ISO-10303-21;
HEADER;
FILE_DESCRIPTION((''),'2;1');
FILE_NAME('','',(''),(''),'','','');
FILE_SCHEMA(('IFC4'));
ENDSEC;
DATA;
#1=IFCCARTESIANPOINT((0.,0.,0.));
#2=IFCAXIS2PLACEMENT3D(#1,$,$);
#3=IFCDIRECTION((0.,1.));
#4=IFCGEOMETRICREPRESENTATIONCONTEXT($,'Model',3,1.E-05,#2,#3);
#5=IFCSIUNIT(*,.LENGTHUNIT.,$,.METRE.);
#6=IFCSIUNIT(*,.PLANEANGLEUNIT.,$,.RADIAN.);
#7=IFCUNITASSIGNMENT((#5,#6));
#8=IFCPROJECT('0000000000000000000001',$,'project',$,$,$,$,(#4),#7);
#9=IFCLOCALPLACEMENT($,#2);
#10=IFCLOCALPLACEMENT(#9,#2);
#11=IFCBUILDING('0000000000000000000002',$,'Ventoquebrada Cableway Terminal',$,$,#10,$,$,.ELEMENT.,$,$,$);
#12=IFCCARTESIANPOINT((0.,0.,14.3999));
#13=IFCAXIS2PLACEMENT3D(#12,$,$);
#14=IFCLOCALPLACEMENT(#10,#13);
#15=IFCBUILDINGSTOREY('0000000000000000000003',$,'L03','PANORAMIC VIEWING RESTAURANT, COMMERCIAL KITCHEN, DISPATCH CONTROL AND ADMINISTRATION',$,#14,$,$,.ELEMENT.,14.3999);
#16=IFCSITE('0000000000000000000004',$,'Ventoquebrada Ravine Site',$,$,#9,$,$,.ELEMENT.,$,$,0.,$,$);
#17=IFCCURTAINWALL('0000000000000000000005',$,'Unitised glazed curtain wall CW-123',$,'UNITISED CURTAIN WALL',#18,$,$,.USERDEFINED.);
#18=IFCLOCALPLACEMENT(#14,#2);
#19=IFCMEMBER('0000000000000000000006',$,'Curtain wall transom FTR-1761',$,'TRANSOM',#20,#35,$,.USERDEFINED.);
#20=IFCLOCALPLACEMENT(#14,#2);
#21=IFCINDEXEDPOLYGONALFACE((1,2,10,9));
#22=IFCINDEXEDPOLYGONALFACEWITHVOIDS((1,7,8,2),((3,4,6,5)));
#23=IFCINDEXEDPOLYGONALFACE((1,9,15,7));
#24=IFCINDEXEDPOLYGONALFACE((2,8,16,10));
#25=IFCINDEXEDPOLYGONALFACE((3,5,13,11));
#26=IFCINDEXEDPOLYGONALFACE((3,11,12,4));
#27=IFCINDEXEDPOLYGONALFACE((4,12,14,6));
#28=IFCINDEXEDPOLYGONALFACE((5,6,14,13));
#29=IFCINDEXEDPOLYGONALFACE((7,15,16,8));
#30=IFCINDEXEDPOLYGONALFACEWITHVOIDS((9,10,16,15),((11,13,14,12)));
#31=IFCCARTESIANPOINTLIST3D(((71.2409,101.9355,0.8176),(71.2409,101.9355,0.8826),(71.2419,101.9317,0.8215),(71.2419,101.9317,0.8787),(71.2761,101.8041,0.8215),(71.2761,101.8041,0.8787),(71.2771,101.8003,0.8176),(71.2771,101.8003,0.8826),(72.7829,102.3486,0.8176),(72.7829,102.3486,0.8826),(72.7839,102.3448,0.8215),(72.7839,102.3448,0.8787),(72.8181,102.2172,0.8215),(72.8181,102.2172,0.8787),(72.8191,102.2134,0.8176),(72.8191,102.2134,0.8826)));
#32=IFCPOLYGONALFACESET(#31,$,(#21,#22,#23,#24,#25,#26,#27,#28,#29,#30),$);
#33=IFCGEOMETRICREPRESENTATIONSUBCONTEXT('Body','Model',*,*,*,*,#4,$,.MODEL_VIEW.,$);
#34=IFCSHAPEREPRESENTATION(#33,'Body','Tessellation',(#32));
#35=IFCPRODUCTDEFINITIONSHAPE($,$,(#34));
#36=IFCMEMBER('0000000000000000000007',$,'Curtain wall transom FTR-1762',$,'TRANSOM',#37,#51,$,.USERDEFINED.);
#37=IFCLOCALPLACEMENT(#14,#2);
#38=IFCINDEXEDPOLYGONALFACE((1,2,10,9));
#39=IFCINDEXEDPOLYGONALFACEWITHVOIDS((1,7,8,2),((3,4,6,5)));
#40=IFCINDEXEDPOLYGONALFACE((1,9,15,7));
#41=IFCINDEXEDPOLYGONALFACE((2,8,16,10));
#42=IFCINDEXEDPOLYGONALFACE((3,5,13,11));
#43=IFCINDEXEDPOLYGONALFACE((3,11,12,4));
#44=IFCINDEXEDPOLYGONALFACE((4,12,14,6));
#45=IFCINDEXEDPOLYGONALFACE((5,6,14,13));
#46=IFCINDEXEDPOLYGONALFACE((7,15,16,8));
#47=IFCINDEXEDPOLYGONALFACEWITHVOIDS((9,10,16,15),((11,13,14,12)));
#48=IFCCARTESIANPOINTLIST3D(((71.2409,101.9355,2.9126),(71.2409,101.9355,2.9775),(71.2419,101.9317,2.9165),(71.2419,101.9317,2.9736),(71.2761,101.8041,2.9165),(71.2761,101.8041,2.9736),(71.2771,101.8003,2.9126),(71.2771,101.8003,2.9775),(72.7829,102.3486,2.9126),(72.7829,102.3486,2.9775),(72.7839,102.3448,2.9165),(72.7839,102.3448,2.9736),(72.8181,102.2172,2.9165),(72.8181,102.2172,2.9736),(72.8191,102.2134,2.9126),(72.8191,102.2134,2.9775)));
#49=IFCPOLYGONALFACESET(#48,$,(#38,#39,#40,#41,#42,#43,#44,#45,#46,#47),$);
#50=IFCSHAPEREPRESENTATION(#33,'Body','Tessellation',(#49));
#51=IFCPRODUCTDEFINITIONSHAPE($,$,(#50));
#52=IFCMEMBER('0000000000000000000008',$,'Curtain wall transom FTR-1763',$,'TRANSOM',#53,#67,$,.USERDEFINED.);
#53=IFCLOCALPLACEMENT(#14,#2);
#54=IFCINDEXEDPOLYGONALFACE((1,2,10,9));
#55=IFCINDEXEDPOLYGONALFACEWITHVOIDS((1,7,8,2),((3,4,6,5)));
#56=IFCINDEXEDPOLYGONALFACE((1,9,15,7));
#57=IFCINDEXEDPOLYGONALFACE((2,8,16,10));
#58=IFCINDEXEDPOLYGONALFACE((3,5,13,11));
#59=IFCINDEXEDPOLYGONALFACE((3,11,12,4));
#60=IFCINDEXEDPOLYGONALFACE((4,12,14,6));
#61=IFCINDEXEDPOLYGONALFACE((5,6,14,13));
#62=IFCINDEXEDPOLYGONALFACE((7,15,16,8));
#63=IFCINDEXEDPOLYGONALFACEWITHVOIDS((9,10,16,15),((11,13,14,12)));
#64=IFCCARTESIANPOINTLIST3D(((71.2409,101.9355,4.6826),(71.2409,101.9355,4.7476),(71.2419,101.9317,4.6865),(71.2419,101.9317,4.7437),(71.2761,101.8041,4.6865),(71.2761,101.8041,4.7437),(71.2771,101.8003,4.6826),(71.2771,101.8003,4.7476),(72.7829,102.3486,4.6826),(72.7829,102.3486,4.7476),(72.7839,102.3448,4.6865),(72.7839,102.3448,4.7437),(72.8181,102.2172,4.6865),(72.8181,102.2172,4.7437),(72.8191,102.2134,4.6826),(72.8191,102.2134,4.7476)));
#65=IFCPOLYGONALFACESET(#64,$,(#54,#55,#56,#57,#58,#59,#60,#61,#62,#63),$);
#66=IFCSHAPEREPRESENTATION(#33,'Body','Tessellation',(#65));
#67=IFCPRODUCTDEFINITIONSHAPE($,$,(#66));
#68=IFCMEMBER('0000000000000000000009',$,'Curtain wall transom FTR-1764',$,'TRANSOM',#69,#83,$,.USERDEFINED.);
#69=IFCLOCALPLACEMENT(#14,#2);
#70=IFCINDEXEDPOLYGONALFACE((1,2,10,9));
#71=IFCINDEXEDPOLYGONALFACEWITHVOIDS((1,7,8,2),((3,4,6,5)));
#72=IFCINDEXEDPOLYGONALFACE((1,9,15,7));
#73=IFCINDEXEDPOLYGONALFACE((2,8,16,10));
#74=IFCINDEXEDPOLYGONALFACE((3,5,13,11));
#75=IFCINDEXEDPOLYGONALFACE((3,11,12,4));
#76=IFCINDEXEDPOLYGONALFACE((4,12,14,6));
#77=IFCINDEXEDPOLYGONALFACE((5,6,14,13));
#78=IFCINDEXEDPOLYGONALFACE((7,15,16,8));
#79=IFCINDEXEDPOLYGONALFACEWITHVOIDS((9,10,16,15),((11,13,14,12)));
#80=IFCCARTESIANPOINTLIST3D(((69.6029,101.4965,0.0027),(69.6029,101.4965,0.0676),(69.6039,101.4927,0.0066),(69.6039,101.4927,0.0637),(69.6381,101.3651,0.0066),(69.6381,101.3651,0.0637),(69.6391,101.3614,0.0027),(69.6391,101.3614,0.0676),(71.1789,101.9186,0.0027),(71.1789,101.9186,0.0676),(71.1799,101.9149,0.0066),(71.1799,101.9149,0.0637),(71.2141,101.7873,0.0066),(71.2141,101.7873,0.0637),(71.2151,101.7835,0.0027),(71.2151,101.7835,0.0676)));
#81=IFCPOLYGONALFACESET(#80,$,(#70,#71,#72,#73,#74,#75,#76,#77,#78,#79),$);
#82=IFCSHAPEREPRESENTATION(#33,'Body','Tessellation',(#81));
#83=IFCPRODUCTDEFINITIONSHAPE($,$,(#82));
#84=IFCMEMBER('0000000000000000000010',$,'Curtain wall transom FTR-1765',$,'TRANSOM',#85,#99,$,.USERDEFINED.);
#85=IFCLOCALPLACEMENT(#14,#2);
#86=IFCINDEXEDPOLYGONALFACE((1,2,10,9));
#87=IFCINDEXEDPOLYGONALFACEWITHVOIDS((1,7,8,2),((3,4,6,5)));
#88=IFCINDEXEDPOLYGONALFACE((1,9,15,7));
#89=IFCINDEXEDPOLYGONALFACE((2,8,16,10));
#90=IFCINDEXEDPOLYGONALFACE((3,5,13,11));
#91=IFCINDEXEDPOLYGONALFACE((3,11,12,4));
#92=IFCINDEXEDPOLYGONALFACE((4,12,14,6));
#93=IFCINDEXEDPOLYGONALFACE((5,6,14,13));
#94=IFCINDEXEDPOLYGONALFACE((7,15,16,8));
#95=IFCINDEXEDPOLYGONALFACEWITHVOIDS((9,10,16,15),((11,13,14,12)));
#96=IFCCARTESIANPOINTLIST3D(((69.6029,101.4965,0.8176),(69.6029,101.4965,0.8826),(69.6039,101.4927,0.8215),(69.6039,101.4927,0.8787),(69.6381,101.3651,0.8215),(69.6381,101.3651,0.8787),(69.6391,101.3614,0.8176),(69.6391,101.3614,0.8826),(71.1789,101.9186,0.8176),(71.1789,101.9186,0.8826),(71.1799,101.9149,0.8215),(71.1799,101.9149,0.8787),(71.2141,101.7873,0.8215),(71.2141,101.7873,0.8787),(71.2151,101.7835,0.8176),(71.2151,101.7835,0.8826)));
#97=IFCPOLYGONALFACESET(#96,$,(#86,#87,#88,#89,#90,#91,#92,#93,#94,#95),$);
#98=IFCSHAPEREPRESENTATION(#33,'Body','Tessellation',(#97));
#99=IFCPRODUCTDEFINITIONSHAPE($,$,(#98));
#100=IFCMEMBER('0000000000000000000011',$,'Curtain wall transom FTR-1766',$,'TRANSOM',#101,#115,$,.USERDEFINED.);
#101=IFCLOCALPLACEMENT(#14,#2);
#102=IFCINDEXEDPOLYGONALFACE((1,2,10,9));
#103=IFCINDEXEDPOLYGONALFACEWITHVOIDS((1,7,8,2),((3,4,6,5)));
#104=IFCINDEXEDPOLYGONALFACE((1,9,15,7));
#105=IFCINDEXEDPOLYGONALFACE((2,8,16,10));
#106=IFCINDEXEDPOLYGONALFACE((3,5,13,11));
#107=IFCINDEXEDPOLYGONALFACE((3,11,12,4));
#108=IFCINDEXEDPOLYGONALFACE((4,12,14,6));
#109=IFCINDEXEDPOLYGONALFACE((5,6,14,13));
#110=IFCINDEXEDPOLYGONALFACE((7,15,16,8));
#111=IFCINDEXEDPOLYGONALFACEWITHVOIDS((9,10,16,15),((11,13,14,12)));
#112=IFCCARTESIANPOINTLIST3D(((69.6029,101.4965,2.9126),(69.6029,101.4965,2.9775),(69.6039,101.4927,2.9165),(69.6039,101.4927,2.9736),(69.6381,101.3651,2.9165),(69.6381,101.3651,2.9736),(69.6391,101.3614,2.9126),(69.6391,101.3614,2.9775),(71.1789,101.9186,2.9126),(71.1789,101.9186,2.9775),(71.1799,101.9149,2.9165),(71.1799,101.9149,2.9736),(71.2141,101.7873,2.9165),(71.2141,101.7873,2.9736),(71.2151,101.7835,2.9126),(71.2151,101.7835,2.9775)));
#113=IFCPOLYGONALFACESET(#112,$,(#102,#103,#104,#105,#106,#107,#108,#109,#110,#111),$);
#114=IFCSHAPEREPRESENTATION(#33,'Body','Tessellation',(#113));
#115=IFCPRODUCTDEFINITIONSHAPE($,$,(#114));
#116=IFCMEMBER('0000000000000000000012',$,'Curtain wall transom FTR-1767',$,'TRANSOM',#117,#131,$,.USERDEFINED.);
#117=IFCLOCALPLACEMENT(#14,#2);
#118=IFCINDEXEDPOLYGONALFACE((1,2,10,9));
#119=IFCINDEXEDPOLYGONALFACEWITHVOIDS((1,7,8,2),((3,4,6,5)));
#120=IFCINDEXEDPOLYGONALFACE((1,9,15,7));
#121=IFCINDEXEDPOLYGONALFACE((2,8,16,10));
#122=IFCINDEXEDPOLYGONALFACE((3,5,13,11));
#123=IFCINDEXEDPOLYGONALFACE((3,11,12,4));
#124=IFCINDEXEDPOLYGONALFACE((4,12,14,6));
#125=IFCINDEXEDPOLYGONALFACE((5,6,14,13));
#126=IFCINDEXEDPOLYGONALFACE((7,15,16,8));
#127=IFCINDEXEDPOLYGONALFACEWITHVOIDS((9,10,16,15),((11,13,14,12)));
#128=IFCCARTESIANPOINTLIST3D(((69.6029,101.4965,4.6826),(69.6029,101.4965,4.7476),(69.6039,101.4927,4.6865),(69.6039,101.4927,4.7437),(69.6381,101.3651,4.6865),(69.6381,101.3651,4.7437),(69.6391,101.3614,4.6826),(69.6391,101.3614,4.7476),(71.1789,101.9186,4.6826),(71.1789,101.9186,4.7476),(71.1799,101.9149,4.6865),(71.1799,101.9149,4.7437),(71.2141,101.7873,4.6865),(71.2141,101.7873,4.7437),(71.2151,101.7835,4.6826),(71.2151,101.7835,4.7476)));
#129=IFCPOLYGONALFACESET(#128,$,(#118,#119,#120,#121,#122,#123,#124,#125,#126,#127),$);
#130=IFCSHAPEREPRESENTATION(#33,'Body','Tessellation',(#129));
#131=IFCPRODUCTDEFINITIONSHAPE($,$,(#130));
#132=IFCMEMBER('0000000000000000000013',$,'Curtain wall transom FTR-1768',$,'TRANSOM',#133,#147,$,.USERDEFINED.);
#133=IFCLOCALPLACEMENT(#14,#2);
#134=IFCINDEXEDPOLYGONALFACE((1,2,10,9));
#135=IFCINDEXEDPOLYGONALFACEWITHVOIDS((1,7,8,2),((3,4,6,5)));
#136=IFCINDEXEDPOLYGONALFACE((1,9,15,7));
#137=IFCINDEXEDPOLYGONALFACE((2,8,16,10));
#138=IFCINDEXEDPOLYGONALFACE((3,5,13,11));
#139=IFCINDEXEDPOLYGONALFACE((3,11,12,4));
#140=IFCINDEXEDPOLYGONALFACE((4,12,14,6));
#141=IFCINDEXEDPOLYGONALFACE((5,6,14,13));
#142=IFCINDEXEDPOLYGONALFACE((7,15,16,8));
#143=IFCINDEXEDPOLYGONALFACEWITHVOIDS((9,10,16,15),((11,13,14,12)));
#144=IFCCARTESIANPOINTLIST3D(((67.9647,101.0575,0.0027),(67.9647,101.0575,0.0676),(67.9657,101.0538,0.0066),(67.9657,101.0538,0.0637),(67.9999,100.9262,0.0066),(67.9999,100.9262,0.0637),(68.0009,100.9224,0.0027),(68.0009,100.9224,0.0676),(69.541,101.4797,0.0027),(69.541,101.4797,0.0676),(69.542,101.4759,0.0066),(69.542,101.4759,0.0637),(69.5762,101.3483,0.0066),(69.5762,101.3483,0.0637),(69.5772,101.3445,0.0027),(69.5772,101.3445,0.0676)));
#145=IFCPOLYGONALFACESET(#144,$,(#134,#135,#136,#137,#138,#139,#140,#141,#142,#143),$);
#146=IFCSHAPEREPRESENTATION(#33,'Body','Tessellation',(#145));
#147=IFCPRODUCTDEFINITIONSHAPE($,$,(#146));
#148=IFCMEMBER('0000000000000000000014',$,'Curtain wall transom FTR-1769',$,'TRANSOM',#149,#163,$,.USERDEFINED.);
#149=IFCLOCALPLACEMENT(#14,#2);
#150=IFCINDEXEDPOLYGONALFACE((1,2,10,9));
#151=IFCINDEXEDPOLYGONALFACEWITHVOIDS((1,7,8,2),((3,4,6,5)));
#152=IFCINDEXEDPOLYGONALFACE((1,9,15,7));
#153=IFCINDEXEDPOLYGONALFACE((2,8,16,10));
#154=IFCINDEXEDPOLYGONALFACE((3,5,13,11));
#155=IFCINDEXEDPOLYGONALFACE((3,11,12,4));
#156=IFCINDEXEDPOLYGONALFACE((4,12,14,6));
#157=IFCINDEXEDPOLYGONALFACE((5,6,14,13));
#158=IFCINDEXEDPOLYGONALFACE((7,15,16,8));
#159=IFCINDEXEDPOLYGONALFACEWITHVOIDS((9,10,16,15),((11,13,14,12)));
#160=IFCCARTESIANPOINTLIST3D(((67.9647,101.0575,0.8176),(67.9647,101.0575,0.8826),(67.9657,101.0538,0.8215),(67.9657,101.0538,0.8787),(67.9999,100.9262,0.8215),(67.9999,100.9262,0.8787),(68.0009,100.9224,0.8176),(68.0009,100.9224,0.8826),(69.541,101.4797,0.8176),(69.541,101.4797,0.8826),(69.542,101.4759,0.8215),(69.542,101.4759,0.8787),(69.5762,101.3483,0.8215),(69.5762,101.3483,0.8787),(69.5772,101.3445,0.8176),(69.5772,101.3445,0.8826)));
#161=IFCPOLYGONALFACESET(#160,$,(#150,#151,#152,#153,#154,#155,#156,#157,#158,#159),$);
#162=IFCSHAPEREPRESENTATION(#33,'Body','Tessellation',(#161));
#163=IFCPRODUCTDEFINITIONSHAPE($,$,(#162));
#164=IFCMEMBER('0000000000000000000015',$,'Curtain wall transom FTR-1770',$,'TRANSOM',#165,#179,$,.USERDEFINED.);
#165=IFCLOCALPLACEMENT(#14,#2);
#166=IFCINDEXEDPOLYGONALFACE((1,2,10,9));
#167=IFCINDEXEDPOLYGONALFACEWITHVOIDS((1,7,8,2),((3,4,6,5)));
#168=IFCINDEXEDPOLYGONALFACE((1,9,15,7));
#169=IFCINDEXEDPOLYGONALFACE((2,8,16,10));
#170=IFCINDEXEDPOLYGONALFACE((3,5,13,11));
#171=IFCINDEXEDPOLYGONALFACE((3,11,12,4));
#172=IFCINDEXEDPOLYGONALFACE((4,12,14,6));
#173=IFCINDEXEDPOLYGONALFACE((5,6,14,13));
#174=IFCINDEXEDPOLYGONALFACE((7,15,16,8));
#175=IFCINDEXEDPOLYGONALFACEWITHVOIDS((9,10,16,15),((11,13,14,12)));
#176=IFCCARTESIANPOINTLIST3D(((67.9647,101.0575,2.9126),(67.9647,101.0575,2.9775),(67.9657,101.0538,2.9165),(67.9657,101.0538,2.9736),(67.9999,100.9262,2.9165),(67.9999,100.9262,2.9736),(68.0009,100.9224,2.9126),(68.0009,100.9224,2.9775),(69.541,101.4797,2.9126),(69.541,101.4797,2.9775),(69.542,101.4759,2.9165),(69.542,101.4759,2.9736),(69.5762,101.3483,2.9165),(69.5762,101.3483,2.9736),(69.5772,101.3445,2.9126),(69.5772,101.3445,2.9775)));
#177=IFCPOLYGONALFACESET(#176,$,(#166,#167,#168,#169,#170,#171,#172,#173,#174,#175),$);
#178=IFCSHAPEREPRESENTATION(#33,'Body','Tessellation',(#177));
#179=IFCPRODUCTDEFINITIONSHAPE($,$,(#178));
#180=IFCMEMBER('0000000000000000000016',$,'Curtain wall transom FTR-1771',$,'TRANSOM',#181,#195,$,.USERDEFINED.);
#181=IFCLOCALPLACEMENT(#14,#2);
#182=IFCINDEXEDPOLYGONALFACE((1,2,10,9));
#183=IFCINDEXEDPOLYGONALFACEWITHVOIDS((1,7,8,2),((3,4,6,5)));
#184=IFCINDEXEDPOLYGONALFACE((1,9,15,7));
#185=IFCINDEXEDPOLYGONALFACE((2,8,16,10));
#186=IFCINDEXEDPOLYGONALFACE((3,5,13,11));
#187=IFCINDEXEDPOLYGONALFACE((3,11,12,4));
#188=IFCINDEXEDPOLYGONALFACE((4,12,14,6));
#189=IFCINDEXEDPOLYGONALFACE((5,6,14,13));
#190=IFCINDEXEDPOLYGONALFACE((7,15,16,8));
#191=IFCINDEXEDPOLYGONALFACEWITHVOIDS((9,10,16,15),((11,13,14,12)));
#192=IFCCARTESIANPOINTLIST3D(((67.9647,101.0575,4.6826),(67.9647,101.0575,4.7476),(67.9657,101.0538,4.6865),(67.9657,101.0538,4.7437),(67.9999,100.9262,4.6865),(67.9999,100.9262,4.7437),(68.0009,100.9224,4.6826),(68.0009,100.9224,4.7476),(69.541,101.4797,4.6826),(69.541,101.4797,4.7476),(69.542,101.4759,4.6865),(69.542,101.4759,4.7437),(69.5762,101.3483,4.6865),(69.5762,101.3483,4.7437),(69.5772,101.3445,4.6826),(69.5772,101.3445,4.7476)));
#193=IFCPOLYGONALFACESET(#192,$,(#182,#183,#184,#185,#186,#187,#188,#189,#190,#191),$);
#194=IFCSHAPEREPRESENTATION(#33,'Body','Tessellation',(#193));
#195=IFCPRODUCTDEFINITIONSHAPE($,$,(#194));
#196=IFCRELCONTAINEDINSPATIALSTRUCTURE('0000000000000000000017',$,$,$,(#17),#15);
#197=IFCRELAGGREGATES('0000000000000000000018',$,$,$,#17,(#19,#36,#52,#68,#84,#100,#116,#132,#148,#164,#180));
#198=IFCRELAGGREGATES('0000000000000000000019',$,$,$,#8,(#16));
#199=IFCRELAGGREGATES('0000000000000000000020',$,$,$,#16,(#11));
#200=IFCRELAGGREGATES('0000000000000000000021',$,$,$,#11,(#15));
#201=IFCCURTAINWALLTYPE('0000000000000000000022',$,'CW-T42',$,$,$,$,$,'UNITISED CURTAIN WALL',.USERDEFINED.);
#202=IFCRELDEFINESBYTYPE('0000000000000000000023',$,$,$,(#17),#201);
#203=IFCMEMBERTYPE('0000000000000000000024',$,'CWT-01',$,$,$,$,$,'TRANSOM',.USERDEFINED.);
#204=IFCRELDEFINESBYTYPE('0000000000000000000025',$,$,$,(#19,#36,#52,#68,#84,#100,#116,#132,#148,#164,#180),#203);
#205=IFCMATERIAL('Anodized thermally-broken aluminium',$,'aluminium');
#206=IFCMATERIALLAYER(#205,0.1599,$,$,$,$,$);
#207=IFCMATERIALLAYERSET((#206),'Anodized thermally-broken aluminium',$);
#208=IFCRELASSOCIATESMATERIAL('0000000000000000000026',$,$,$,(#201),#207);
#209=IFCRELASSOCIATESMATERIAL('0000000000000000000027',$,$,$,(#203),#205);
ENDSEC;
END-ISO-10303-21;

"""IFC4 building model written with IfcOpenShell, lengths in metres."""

from ifc_helpers import new_model, si_unit, direction, frame, origin, origin_2d, place, context, subcontext, project, spatial, hollow_rectangle, extrude, material, layer, layer_set, material_profile, profile_set, type_object, element, aggregate, save


model = new_model("IFC4")

# Units and contexts
model_context = context("Model", 3, precision=1e-05, world=origin(), true_north=direction((0.0, 1.0)))
body_context = subcontext(model_context, "Body", "Model", "MODEL_VIEW")
ifc_project = project(units=[si_unit("LENGTHUNIT", "METRE"), si_unit("PLANEANGLEUNIT", "RADIAN")], contexts=[model_context])

# Site, building, storey
site_placement = place(None, origin())
site = spatial("IfcSite", under=ifc_project, at=site_placement, Name="Ventoquebrada Ravine Site", CompositionType="ELEMENT", RefElevation=0.0)
building_placement = place(site_placement, origin())
building = spatial("IfcBuilding", under=site, at=building_placement, Name="Ventoquebrada Cableway Terminal", CompositionType="ELEMENT")
storey_placement = place(building_placement, frame((0.0, 0.0, 14.3999)))
storey = spatial("IfcBuildingStorey", under=building, at=storey_placement, Name="L03", Description="PANORAMIC VIEWING RESTAURANT, COMMERCIAL KITCHEN, DISPATCH CONTROL AND ADMINISTRATION", CompositionType="ELEMENT", Elevation=14.3999)

# Curtain wall
ifc_material_1 = material(Name="Anodized thermally-broken aluminium", Category="aluminium")
ifc_layer_1 = layer(ifc_material_1, 0.1599)
ifc_layer_set_1 = layer_set([ifc_layer_1], Name="Anodized thermally-broken aluminium")
curtain_wall_type = type_object("IfcCurtainWallType", Name="CW-T42", ElementType="UNITISED CURTAIN WALL", PredefinedType="USERDEFINED", material=ifc_layer_set_1)
curtain_wall_1_placement = place(storey_placement, origin())
curtain_wall_1 = element("IfcCurtainWall", 1, at=curtain_wall_1_placement, inside=storey, type_object=curtain_wall_type, Name="Unitised glazed curtain wall CW-123", ObjectType="UNITISED CURTAIN WALL", PredefinedType="USERDEFINED")

# Members
ifc_material_profile_1 = material_profile(ifc_material_1, hollow_rectangle(XDim=0.0649, YDim=0.1399, WallThickness=0.0039, at=origin_2d()), Name="CW-TRN-65X140")
ifc_profile_set_1 = profile_set([ifc_material_profile_1], Name="Anodized thermally-broken aluminium")
member_type_1 = type_object("IfcMemberType", Name="CWT-01", ElementType="TRANSOM", PredefinedType="USERDEFINED", material=ifc_profile_set_1)
member_1_placement = place(storey_placement, frame((72.801, 102.281, 0.8501), z_axis=(-0.96594, -0.258767, 0.0), x_axis=(0.0, 0.0, 1.0)))
member_1 = element("IfcMember", 2, at=member_1_placement, type_object=member_type_1, Name="Curtain wall transom FTR-1761", ObjectType="TRANSOM", PredefinedType="USERDEFINED", context=body_context, shape_type="SweptSolid", body=[
    extrude(hollow_rectangle(XDim=0.0649, YDim=0.1399, WallThickness=0.0039, at=origin_2d()), origin(), (0.0, 0.0, 1.0), 1.5964),
])
member_2_placement = place(storey_placement, frame((72.801, 102.281, 2.9451), z_axis=(-0.96594, -0.258767, 0.0), x_axis=(0.0, 0.0, 1.0)))
member_2 = element("IfcMember", 3, at=member_2_placement, type_object=member_type_1, Name="Curtain wall transom FTR-1762", ObjectType="TRANSOM", PredefinedType="USERDEFINED", context=body_context, shape_type="SweptSolid", body=[
    extrude(hollow_rectangle(XDim=0.0649, YDim=0.1399, WallThickness=0.0039, at=origin_2d()), origin(), (0.0, 0.0, 1.0), 1.5964),
])
member_3_placement = place(storey_placement, frame((72.801, 102.281, 4.7151), z_axis=(-0.96594, -0.258767, 0.0), x_axis=(0.0, 0.0, 1.0)))
member_3 = element("IfcMember", 4, at=member_3_placement, type_object=member_type_1, Name="Curtain wall transom FTR-1763", ObjectType="TRANSOM", PredefinedType="USERDEFINED", context=body_context, shape_type="SweptSolid", body=[
    extrude(hollow_rectangle(XDim=0.0649, YDim=0.1399, WallThickness=0.0039, at=origin_2d()), origin(), (0.0, 0.0, 1.0), 1.5964),
])
member_4_placement = place(storey_placement, frame((71.197, 101.8511, 0.0352), z_axis=(-0.965949, -0.258734, 0.0), x_axis=(0.0, 0.0, 1.0)))
member_4 = element("IfcMember", 5, at=member_4_placement, type_object=member_type_1, Name="Curtain wall transom FTR-1764", ObjectType="TRANSOM", PredefinedType="USERDEFINED", context=body_context, shape_type="SweptSolid", body=[
    extrude(hollow_rectangle(XDim=0.0649, YDim=0.1399, WallThickness=0.0039, at=origin_2d()), origin(), (0.0, 0.0, 1.0), 1.6316),
])
member_5_placement = place(storey_placement, frame((71.197, 101.8511, 0.8501), z_axis=(-0.965949, -0.258734, 0.0), x_axis=(0.0, 0.0, 1.0)))
member_5 = element("IfcMember", 6, at=member_5_placement, type_object=member_type_1, Name="Curtain wall transom FTR-1765", ObjectType="TRANSOM", PredefinedType="USERDEFINED", context=body_context, shape_type="SweptSolid", body=[
    extrude(hollow_rectangle(XDim=0.0649, YDim=0.1399, WallThickness=0.0039, at=origin_2d()), origin(), (0.0, 0.0, 1.0), 1.6316),
])
member_6_placement = place(storey_placement, frame((71.197, 101.8511, 2.9451), z_axis=(-0.965949, -0.258734, 0.0), x_axis=(0.0, 0.0, 1.0)))
member_6 = element("IfcMember", 7, at=member_6_placement, type_object=member_type_1, Name="Curtain wall transom FTR-1766", ObjectType="TRANSOM", PredefinedType="USERDEFINED", context=body_context, shape_type="SweptSolid", body=[
    extrude(hollow_rectangle(XDim=0.0649, YDim=0.1399, WallThickness=0.0039, at=origin_2d()), origin(), (0.0, 0.0, 1.0), 1.6316),
])
member_7_placement = place(storey_placement, frame((71.197, 101.8511, 4.7151), z_axis=(-0.965949, -0.258734, 0.0), x_axis=(0.0, 0.0, 1.0)))
member_7 = element("IfcMember", 8, at=member_7_placement, type_object=member_type_1, Name="Curtain wall transom FTR-1767", ObjectType="TRANSOM", PredefinedType="USERDEFINED", context=body_context, shape_type="SweptSolid", body=[
    extrude(hollow_rectangle(XDim=0.0649, YDim=0.1399, WallThickness=0.0039, at=origin_2d()), origin(), (0.0, 0.0, 1.0), 1.6316),
])
member_8_placement = place(storey_placement, frame((69.5591, 101.4121, 0.0352), z_axis=(-0.965959, -0.258696, 0.0), x_axis=(0.0, 0.0, 1.0)))
member_8 = element("IfcMember", 9, at=member_8_placement, type_object=member_type_1, Name="Curtain wall transom FTR-1768", ObjectType="TRANSOM", PredefinedType="USERDEFINED", context=body_context, shape_type="SweptSolid", body=[
    extrude(hollow_rectangle(XDim=0.0649, YDim=0.1399, WallThickness=0.0039, at=origin_2d()), origin(), (0.0, 0.0, 1.0), 1.6318),
])
member_9_placement = place(storey_placement, frame((69.5591, 101.4121, 0.8501), z_axis=(-0.965959, -0.258696, 0.0), x_axis=(0.0, 0.0, 1.0)))
member_9 = element("IfcMember", 10, at=member_9_placement, type_object=member_type_1, Name="Curtain wall transom FTR-1769", ObjectType="TRANSOM", PredefinedType="USERDEFINED", context=body_context, shape_type="SweptSolid", body=[
    extrude(hollow_rectangle(XDim=0.0649, YDim=0.1399, WallThickness=0.0039, at=origin_2d()), origin(), (0.0, 0.0, 1.0), 1.6318),
])
member_10_placement = place(storey_placement, frame((69.5591, 101.4121, 2.9451), z_axis=(-0.965959, -0.258696, 0.0), x_axis=(0.0, 0.0, 1.0)))
member_10 = element("IfcMember", 11, at=member_10_placement, type_object=member_type_1, Name="Curtain wall transom FTR-1770", ObjectType="TRANSOM", PredefinedType="USERDEFINED", context=body_context, shape_type="SweptSolid", body=[
    extrude(hollow_rectangle(XDim=0.0649, YDim=0.1399, WallThickness=0.0039, at=origin_2d()), origin(), (0.0, 0.0, 1.0), 1.6318),
])
member_11_placement = place(storey_placement, frame((69.5591, 101.4121, 4.7151), z_axis=(-0.965959, -0.258696, 0.0), x_axis=(0.0, 0.0, 1.0)))
member_11 = element("IfcMember", 12, at=member_11_placement, type_object=member_type_1, Name="Curtain wall transom FTR-1771", ObjectType="TRANSOM", PredefinedType="USERDEFINED", context=body_context, shape_type="SweptSolid", body=[
    extrude(hollow_rectangle(XDim=0.0649, YDim=0.1399, WallThickness=0.0039, at=origin_2d()), origin(), (0.0, 0.0, 1.0), 1.6318),
])

aggregate(curtain_wall_1, [member_1, member_2, member_3, member_4, member_5, member_6, member_7, member_8, member_9, member_10, member_11])

save(model, "model.ifc")
